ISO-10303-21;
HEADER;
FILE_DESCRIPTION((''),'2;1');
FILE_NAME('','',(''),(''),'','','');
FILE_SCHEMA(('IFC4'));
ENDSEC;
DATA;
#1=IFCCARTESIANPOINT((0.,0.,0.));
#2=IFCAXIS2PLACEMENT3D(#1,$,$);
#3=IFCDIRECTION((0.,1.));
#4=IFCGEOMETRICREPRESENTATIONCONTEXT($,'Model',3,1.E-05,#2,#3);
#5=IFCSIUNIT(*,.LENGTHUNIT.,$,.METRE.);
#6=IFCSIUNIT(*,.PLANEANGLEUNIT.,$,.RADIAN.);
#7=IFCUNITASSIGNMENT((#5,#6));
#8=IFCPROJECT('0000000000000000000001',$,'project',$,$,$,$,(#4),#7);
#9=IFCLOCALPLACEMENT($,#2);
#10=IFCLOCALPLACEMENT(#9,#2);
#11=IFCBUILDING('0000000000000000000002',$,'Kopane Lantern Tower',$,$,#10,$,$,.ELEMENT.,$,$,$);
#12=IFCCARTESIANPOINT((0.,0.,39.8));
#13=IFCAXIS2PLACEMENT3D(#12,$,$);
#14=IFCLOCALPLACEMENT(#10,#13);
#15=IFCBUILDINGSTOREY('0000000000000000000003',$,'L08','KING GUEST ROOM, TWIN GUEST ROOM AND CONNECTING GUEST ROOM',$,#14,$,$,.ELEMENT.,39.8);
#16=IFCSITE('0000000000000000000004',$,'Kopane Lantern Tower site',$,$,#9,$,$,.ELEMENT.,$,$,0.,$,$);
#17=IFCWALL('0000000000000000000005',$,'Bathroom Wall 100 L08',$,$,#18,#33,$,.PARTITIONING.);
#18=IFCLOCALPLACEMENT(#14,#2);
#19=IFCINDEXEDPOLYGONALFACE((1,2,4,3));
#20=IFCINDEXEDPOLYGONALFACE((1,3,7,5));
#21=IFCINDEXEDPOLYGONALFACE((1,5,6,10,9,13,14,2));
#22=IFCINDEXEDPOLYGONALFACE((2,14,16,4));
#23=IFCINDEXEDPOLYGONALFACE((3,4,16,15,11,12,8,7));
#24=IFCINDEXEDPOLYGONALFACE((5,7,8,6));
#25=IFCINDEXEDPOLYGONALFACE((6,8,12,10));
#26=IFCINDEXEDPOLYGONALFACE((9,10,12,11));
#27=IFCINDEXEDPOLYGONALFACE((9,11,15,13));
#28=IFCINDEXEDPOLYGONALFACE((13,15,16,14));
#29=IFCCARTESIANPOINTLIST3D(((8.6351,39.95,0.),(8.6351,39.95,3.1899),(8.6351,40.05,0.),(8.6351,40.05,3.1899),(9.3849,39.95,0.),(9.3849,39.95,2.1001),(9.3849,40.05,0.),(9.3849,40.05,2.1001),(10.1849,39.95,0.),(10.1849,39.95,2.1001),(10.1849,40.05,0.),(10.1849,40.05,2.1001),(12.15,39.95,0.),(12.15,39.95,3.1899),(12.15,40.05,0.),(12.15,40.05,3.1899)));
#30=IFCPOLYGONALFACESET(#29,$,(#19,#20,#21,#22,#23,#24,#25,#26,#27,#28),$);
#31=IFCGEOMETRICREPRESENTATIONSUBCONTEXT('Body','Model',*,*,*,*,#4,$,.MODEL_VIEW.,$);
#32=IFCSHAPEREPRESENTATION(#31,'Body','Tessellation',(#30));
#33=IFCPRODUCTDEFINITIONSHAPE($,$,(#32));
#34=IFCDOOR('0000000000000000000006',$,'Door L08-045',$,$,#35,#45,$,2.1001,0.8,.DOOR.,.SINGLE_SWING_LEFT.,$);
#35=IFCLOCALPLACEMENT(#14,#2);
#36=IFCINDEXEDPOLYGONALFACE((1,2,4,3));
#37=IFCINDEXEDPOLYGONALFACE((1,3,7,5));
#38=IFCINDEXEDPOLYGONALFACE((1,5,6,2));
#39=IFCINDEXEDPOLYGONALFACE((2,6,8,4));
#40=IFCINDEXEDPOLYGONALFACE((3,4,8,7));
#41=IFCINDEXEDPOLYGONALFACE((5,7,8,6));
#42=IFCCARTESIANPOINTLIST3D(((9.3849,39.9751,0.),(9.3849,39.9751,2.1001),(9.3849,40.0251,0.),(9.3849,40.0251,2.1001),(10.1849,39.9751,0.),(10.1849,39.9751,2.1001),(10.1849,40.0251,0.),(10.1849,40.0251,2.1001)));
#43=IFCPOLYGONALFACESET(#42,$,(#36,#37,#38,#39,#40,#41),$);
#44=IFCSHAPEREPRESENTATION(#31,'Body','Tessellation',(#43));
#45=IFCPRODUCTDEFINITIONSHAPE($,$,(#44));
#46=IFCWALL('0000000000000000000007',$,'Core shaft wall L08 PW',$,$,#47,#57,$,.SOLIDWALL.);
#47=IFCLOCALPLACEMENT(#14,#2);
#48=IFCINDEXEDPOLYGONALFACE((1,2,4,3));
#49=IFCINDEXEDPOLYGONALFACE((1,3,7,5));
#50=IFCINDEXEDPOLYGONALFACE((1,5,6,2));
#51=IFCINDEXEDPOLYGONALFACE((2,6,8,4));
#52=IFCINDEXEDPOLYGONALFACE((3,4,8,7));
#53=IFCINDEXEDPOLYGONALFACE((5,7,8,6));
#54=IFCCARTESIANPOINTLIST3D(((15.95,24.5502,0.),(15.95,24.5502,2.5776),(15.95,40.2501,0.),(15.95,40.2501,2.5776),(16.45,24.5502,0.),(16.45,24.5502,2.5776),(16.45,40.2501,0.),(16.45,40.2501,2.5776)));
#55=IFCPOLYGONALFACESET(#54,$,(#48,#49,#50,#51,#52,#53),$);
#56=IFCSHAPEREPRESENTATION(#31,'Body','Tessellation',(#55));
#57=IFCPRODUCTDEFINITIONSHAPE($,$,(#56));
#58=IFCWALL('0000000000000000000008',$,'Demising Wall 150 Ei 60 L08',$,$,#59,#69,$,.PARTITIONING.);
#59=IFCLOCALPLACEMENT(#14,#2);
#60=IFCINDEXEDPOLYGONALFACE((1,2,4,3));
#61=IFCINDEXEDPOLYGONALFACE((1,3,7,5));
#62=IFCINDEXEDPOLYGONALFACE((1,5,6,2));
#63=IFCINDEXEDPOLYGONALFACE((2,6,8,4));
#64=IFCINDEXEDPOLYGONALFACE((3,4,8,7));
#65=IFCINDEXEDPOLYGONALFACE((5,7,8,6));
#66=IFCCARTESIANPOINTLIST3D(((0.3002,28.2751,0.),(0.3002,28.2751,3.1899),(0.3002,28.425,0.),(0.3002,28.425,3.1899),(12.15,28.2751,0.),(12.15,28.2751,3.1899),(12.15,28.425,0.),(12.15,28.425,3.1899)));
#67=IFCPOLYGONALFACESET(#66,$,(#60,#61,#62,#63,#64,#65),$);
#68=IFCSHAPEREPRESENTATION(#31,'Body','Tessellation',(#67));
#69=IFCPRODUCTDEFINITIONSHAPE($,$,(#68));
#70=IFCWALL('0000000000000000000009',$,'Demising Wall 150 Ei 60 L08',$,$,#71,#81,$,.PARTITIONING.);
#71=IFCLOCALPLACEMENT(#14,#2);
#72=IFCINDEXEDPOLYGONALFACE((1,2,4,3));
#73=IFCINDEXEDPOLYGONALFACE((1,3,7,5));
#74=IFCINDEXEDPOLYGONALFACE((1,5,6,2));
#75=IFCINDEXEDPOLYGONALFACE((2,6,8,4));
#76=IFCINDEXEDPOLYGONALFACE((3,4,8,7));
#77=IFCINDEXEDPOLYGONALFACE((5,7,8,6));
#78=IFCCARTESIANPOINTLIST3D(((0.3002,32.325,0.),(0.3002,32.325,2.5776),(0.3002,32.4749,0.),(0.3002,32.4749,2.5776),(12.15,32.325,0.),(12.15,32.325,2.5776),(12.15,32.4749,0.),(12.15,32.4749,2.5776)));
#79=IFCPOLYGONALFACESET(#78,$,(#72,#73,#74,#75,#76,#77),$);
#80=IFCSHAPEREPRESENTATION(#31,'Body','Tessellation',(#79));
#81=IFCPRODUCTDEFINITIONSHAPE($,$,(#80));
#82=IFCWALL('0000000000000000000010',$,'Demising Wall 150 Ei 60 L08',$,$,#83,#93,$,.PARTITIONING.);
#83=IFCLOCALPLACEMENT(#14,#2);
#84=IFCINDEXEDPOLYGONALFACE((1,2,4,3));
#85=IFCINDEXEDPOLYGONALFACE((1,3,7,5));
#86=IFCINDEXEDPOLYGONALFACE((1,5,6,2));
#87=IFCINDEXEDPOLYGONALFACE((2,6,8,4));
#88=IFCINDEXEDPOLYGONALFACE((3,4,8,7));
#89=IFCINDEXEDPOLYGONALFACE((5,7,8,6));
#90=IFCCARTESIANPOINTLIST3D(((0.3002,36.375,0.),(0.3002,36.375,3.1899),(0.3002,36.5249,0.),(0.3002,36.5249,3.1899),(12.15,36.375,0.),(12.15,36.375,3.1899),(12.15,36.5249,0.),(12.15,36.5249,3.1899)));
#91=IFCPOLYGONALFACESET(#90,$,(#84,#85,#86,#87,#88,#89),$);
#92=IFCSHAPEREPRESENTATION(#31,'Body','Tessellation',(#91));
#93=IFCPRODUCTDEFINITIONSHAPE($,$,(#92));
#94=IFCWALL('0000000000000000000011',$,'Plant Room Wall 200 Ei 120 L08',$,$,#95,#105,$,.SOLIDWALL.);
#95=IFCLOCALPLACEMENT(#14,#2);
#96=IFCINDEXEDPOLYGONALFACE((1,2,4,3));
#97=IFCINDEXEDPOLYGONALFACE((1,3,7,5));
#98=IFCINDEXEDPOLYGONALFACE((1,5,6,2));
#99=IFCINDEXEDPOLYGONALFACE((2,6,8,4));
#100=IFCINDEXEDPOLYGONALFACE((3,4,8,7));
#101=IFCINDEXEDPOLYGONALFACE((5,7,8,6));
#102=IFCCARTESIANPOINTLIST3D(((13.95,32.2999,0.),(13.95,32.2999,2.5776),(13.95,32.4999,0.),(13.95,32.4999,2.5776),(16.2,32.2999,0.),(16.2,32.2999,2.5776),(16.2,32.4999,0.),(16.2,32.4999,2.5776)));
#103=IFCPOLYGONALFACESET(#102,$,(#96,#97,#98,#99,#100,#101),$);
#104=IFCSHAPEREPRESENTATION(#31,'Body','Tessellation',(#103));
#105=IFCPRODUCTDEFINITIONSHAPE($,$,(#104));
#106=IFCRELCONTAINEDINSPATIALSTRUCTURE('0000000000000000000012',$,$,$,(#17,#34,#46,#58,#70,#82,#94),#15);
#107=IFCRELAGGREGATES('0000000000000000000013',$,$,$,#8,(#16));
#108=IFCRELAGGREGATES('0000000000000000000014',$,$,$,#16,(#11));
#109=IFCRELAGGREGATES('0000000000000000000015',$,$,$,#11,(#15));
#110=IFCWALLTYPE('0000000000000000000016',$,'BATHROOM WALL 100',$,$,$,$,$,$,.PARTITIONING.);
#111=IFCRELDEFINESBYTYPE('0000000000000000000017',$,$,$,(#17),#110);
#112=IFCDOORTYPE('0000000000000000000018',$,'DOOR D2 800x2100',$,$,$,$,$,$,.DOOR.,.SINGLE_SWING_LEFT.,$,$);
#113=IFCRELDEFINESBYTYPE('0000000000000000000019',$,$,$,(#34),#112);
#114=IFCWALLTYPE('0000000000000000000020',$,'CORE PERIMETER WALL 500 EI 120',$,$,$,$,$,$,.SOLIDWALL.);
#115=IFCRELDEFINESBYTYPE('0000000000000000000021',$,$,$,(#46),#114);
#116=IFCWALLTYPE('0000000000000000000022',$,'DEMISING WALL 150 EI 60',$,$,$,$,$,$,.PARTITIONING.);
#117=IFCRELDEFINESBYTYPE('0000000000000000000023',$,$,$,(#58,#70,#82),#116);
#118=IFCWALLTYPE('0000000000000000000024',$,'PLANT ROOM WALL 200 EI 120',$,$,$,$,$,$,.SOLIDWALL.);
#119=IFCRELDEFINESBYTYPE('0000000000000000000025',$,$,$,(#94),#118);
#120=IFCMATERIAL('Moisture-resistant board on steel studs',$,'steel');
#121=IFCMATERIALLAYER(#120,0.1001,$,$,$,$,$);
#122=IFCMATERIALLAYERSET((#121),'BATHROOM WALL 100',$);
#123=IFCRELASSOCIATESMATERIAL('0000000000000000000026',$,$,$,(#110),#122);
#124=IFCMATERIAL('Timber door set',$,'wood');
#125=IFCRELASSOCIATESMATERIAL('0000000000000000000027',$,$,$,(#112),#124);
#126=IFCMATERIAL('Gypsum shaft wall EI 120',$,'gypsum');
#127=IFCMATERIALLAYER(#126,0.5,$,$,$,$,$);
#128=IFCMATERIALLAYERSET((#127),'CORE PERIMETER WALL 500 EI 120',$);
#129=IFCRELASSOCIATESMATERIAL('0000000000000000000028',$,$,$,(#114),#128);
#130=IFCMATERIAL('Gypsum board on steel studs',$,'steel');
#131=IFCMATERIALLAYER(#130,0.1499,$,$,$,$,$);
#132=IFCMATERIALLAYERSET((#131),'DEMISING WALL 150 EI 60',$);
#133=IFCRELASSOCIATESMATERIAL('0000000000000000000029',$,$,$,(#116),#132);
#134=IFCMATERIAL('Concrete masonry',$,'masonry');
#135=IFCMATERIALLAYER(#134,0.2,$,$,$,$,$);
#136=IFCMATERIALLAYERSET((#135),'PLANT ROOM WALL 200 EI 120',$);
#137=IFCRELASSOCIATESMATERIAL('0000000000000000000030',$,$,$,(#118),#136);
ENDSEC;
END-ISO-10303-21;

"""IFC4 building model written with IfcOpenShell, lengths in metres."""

from ifc_helpers import new_model, si_unit, direction, frame, frame_2d, origin, place, context, subcontext, project, spatial, rectangle, extrude, material, layer, layer_set, type_object, element, fill, save


model = new_model("IFC4")

# Units and contexts
model_context = context("Model", 3, precision=1e-05, world=origin(), true_north=direction((0.0, 1.0)))
body_context = subcontext(model_context, "Body", "Model", "MODEL_VIEW")
ifc_project = project(units=[si_unit("LENGTHUNIT", "METRE"), si_unit("PLANEANGLEUNIT", "RADIAN")], contexts=[model_context])

# Site, building, storey
site_placement = place(None, origin())
site = spatial("IfcSite", under=ifc_project, at=site_placement, Name="Kopane Lantern Tower site", CompositionType="ELEMENT", RefElevation=0.0)
building_placement = place(site_placement, origin())
building = spatial("IfcBuilding", under=site, at=building_placement, Name="Kopane Lantern Tower", CompositionType="ELEMENT")
storey_placement = place(building_placement, frame((0.0, 0.0, 39.8)))
storey = spatial("IfcBuildingStorey", under=building, at=storey_placement, Name="L08", Description="KING GUEST ROOM, TWIN GUEST ROOM AND CONNECTING GUEST ROOM", CompositionType="ELEMENT", Elevation=39.8)

# Wall, opening, door
ifc_material_1 = material(Name="Moisture-resistant board on steel studs", Category="steel")
ifc_layer_1 = layer(ifc_material_1, 0.1001)
ifc_layer_set_1 = layer_set([ifc_layer_1], Name="BATHROOM WALL 100")
wall_type_1 = type_object("IfcWallType", Name="BATHROOM WALL 100", PredefinedType="PARTITIONING", material=ifc_layer_set_1)
ifc_material_2 = material(Name="Timber door set", Category="wood")
door_type = type_object("IfcDoorType", Name="DOOR D2 800x2100", OperationType="SINGLE_SWING_LEFT", PredefinedType="DOOR", material=ifc_material_2)
wall_1_placement = place(storey_placement, frame((12.1499, 40.0, 0.0), z_axis=(0.0, 0.0, 1.0), x_axis=(-1.0, 0.0, 0.0)))
wall_1 = element("IfcWall", 1, at=wall_1_placement, inside=storey, type_object=wall_type_1, Name="Bathroom Wall 100 L08", PredefinedType="PARTITIONING", context=body_context, shape_type="SweptSolid", body=[
    extrude(rectangle(XDim=3.5149, YDim=0.1001, at=frame_2d((1.7573, 0.0))), origin(), (0.0, 0.0, 1.0), 3.1899),
])
opening_1_placement = place(wall_1_placement, frame((1.9651, 0.0, 0.0)))
opening_1 = element("IfcOpeningElement", 2, at=opening_1_placement, cuts=wall_1, PredefinedType="OPENING", context=body_context, shape_type="SweptSolid", body=[
    extrude(rectangle(XDim=0.8, YDim=2.1001, at=frame_2d((0.3999, 1.05))), frame((0.0, 0.0601, 0.0), z_axis=(0.0, -1.0, 0.0), x_axis=(1.0, 0.0, 0.0)), (0.0, 0.0, 1.0), 0.1201),
])
door_1_placement = place(opening_1_placement, origin())
door_1 = element("IfcDoor", 3, at=door_1_placement, inside=storey, type_object=door_type, Name="Door L08-045", OperationType="SINGLE_SWING_LEFT", OverallHeight=2.1001, OverallWidth=0.8, PredefinedType="DOOR", context=body_context, shape_type="SweptSolid", body=[
    extrude(rectangle(XDim=0.8, YDim=2.1001, at=frame_2d((0.3999, 1.05))), frame((0.0, 0.0249, 0.0), z_axis=(0.0, -1.0, 0.0), x_axis=(1.0, 0.0, 0.0)), (0.0, 0.0, 1.0), 0.05),
])
fill(opening_1, door_1)

# Walls
ifc_material_3 = material(Name="Gypsum shaft wall EI 120", Category="gypsum")
ifc_layer_2 = layer(ifc_material_3, 0.5)
ifc_layer_set_2 = layer_set([ifc_layer_2], Name="CORE PERIMETER WALL 500 EI 120")
wall_type_2 = type_object("IfcWallType", Name="CORE PERIMETER WALL 500 EI 120", PredefinedType="SOLIDWALL", material=ifc_layer_set_2)
wall_2_placement = place(storey_placement, frame((16.2, 24.55, 0.0), z_axis=(0.0, 0.0, 1.0), x_axis=(0.0, 1.0, 0.0)))
element("IfcWall", 4, at=wall_2_placement, inside=storey, type_object=wall_type_2, Name="Core shaft wall L08 PW", PredefinedType="SOLIDWALL", context=body_context, shape_type="SweptSolid", body=[
    extrude(rectangle(XDim=15.7, YDim=0.5, at=frame_2d((7.8501, 0.0))), origin(), (0.0, 0.0, 1.0), 2.5776),
])
ifc_material_4 = material(Name="Gypsum board on steel studs", Category="steel")
ifc_layer_3 = layer(ifc_material_4, 0.1499)
ifc_layer_set_3 = layer_set([ifc_layer_3], Name="DEMISING WALL 150 EI 60")
wall_type_3 = type_object("IfcWallType", Name="DEMISING WALL 150 EI 60", PredefinedType="PARTITIONING", material=ifc_layer_set_3)
wall_3_placement = place(storey_placement, frame((12.1499, 28.3501, 0.0), z_axis=(0.0, 0.0, 1.0), x_axis=(-1.0, 0.0, 0.0)))
element("IfcWall", 5, at=wall_3_placement, inside=storey, type_object=wall_type_3, Name="Demising Wall 150 Ei 60 L08", PredefinedType="PARTITIONING", context=body_context, shape_type="SweptSolid", body=[
    extrude(rectangle(XDim=11.8499, YDim=0.1499, at=frame_2d((5.9248, 0.0))), origin(), (0.0, 0.0, 1.0), 3.1899),
])
wall_4_placement = place(storey_placement, frame((12.1499, 32.3999, 0.0), z_axis=(0.0, 0.0, 1.0), x_axis=(-1.0, 0.0, 0.0)))
element("IfcWall", 6, at=wall_4_placement, inside=storey, type_object=wall_type_3, Name="Demising Wall 150 Ei 60 L08", PredefinedType="PARTITIONING", context=body_context, shape_type="SweptSolid", body=[
    extrude(rectangle(XDim=11.8499, YDim=0.1499, at=frame_2d((5.9248, 0.0))), origin(), (0.0, 0.0, 1.0), 2.5776),
])
wall_5_placement = place(storey_placement, frame((12.1499, 36.45, 0.0), z_axis=(0.0, 0.0, 1.0), x_axis=(-1.0, 0.0, 0.0)))
element("IfcWall", 7, at=wall_5_placement, inside=storey, type_object=wall_type_3, Name="Demising Wall 150 Ei 60 L08", PredefinedType="PARTITIONING", context=body_context, shape_type="SweptSolid", body=[
    extrude(rectangle(XDim=11.8499, YDim=0.1499, at=frame_2d((5.9248, 0.0))), origin(), (0.0, 0.0, 1.0), 3.1899),
])
ifc_material_5 = material(Name="Concrete masonry", Category="masonry")
ifc_layer_4 = layer(ifc_material_5, 0.2)
ifc_layer_set_4 = layer_set([ifc_layer_4], Name="PLANT ROOM WALL 200 EI 120")
wall_type_4 = type_object("IfcWallType", Name="PLANT ROOM WALL 200 EI 120", PredefinedType="SOLIDWALL", material=ifc_layer_set_4)
wall_6_placement = place(storey_placement, frame((13.95, 32.3999, 0.0), z_axis=(0.0, 0.0, 1.0), x_axis=(1.0, 0.0, 0.0)))
element("IfcWall", 8, at=wall_6_placement, inside=storey, type_object=wall_type_4, Name="Plant Room Wall 200 Ei 120 L08", PredefinedType="SOLIDWALL", context=body_context, shape_type="SweptSolid", body=[
    extrude(rectangle(XDim=2.25, YDim=0.2, at=frame_2d((1.125, 0.0))), origin(), (0.0, 0.0, 1.0), 2.5776),
])

save(model, "model.ifc")
